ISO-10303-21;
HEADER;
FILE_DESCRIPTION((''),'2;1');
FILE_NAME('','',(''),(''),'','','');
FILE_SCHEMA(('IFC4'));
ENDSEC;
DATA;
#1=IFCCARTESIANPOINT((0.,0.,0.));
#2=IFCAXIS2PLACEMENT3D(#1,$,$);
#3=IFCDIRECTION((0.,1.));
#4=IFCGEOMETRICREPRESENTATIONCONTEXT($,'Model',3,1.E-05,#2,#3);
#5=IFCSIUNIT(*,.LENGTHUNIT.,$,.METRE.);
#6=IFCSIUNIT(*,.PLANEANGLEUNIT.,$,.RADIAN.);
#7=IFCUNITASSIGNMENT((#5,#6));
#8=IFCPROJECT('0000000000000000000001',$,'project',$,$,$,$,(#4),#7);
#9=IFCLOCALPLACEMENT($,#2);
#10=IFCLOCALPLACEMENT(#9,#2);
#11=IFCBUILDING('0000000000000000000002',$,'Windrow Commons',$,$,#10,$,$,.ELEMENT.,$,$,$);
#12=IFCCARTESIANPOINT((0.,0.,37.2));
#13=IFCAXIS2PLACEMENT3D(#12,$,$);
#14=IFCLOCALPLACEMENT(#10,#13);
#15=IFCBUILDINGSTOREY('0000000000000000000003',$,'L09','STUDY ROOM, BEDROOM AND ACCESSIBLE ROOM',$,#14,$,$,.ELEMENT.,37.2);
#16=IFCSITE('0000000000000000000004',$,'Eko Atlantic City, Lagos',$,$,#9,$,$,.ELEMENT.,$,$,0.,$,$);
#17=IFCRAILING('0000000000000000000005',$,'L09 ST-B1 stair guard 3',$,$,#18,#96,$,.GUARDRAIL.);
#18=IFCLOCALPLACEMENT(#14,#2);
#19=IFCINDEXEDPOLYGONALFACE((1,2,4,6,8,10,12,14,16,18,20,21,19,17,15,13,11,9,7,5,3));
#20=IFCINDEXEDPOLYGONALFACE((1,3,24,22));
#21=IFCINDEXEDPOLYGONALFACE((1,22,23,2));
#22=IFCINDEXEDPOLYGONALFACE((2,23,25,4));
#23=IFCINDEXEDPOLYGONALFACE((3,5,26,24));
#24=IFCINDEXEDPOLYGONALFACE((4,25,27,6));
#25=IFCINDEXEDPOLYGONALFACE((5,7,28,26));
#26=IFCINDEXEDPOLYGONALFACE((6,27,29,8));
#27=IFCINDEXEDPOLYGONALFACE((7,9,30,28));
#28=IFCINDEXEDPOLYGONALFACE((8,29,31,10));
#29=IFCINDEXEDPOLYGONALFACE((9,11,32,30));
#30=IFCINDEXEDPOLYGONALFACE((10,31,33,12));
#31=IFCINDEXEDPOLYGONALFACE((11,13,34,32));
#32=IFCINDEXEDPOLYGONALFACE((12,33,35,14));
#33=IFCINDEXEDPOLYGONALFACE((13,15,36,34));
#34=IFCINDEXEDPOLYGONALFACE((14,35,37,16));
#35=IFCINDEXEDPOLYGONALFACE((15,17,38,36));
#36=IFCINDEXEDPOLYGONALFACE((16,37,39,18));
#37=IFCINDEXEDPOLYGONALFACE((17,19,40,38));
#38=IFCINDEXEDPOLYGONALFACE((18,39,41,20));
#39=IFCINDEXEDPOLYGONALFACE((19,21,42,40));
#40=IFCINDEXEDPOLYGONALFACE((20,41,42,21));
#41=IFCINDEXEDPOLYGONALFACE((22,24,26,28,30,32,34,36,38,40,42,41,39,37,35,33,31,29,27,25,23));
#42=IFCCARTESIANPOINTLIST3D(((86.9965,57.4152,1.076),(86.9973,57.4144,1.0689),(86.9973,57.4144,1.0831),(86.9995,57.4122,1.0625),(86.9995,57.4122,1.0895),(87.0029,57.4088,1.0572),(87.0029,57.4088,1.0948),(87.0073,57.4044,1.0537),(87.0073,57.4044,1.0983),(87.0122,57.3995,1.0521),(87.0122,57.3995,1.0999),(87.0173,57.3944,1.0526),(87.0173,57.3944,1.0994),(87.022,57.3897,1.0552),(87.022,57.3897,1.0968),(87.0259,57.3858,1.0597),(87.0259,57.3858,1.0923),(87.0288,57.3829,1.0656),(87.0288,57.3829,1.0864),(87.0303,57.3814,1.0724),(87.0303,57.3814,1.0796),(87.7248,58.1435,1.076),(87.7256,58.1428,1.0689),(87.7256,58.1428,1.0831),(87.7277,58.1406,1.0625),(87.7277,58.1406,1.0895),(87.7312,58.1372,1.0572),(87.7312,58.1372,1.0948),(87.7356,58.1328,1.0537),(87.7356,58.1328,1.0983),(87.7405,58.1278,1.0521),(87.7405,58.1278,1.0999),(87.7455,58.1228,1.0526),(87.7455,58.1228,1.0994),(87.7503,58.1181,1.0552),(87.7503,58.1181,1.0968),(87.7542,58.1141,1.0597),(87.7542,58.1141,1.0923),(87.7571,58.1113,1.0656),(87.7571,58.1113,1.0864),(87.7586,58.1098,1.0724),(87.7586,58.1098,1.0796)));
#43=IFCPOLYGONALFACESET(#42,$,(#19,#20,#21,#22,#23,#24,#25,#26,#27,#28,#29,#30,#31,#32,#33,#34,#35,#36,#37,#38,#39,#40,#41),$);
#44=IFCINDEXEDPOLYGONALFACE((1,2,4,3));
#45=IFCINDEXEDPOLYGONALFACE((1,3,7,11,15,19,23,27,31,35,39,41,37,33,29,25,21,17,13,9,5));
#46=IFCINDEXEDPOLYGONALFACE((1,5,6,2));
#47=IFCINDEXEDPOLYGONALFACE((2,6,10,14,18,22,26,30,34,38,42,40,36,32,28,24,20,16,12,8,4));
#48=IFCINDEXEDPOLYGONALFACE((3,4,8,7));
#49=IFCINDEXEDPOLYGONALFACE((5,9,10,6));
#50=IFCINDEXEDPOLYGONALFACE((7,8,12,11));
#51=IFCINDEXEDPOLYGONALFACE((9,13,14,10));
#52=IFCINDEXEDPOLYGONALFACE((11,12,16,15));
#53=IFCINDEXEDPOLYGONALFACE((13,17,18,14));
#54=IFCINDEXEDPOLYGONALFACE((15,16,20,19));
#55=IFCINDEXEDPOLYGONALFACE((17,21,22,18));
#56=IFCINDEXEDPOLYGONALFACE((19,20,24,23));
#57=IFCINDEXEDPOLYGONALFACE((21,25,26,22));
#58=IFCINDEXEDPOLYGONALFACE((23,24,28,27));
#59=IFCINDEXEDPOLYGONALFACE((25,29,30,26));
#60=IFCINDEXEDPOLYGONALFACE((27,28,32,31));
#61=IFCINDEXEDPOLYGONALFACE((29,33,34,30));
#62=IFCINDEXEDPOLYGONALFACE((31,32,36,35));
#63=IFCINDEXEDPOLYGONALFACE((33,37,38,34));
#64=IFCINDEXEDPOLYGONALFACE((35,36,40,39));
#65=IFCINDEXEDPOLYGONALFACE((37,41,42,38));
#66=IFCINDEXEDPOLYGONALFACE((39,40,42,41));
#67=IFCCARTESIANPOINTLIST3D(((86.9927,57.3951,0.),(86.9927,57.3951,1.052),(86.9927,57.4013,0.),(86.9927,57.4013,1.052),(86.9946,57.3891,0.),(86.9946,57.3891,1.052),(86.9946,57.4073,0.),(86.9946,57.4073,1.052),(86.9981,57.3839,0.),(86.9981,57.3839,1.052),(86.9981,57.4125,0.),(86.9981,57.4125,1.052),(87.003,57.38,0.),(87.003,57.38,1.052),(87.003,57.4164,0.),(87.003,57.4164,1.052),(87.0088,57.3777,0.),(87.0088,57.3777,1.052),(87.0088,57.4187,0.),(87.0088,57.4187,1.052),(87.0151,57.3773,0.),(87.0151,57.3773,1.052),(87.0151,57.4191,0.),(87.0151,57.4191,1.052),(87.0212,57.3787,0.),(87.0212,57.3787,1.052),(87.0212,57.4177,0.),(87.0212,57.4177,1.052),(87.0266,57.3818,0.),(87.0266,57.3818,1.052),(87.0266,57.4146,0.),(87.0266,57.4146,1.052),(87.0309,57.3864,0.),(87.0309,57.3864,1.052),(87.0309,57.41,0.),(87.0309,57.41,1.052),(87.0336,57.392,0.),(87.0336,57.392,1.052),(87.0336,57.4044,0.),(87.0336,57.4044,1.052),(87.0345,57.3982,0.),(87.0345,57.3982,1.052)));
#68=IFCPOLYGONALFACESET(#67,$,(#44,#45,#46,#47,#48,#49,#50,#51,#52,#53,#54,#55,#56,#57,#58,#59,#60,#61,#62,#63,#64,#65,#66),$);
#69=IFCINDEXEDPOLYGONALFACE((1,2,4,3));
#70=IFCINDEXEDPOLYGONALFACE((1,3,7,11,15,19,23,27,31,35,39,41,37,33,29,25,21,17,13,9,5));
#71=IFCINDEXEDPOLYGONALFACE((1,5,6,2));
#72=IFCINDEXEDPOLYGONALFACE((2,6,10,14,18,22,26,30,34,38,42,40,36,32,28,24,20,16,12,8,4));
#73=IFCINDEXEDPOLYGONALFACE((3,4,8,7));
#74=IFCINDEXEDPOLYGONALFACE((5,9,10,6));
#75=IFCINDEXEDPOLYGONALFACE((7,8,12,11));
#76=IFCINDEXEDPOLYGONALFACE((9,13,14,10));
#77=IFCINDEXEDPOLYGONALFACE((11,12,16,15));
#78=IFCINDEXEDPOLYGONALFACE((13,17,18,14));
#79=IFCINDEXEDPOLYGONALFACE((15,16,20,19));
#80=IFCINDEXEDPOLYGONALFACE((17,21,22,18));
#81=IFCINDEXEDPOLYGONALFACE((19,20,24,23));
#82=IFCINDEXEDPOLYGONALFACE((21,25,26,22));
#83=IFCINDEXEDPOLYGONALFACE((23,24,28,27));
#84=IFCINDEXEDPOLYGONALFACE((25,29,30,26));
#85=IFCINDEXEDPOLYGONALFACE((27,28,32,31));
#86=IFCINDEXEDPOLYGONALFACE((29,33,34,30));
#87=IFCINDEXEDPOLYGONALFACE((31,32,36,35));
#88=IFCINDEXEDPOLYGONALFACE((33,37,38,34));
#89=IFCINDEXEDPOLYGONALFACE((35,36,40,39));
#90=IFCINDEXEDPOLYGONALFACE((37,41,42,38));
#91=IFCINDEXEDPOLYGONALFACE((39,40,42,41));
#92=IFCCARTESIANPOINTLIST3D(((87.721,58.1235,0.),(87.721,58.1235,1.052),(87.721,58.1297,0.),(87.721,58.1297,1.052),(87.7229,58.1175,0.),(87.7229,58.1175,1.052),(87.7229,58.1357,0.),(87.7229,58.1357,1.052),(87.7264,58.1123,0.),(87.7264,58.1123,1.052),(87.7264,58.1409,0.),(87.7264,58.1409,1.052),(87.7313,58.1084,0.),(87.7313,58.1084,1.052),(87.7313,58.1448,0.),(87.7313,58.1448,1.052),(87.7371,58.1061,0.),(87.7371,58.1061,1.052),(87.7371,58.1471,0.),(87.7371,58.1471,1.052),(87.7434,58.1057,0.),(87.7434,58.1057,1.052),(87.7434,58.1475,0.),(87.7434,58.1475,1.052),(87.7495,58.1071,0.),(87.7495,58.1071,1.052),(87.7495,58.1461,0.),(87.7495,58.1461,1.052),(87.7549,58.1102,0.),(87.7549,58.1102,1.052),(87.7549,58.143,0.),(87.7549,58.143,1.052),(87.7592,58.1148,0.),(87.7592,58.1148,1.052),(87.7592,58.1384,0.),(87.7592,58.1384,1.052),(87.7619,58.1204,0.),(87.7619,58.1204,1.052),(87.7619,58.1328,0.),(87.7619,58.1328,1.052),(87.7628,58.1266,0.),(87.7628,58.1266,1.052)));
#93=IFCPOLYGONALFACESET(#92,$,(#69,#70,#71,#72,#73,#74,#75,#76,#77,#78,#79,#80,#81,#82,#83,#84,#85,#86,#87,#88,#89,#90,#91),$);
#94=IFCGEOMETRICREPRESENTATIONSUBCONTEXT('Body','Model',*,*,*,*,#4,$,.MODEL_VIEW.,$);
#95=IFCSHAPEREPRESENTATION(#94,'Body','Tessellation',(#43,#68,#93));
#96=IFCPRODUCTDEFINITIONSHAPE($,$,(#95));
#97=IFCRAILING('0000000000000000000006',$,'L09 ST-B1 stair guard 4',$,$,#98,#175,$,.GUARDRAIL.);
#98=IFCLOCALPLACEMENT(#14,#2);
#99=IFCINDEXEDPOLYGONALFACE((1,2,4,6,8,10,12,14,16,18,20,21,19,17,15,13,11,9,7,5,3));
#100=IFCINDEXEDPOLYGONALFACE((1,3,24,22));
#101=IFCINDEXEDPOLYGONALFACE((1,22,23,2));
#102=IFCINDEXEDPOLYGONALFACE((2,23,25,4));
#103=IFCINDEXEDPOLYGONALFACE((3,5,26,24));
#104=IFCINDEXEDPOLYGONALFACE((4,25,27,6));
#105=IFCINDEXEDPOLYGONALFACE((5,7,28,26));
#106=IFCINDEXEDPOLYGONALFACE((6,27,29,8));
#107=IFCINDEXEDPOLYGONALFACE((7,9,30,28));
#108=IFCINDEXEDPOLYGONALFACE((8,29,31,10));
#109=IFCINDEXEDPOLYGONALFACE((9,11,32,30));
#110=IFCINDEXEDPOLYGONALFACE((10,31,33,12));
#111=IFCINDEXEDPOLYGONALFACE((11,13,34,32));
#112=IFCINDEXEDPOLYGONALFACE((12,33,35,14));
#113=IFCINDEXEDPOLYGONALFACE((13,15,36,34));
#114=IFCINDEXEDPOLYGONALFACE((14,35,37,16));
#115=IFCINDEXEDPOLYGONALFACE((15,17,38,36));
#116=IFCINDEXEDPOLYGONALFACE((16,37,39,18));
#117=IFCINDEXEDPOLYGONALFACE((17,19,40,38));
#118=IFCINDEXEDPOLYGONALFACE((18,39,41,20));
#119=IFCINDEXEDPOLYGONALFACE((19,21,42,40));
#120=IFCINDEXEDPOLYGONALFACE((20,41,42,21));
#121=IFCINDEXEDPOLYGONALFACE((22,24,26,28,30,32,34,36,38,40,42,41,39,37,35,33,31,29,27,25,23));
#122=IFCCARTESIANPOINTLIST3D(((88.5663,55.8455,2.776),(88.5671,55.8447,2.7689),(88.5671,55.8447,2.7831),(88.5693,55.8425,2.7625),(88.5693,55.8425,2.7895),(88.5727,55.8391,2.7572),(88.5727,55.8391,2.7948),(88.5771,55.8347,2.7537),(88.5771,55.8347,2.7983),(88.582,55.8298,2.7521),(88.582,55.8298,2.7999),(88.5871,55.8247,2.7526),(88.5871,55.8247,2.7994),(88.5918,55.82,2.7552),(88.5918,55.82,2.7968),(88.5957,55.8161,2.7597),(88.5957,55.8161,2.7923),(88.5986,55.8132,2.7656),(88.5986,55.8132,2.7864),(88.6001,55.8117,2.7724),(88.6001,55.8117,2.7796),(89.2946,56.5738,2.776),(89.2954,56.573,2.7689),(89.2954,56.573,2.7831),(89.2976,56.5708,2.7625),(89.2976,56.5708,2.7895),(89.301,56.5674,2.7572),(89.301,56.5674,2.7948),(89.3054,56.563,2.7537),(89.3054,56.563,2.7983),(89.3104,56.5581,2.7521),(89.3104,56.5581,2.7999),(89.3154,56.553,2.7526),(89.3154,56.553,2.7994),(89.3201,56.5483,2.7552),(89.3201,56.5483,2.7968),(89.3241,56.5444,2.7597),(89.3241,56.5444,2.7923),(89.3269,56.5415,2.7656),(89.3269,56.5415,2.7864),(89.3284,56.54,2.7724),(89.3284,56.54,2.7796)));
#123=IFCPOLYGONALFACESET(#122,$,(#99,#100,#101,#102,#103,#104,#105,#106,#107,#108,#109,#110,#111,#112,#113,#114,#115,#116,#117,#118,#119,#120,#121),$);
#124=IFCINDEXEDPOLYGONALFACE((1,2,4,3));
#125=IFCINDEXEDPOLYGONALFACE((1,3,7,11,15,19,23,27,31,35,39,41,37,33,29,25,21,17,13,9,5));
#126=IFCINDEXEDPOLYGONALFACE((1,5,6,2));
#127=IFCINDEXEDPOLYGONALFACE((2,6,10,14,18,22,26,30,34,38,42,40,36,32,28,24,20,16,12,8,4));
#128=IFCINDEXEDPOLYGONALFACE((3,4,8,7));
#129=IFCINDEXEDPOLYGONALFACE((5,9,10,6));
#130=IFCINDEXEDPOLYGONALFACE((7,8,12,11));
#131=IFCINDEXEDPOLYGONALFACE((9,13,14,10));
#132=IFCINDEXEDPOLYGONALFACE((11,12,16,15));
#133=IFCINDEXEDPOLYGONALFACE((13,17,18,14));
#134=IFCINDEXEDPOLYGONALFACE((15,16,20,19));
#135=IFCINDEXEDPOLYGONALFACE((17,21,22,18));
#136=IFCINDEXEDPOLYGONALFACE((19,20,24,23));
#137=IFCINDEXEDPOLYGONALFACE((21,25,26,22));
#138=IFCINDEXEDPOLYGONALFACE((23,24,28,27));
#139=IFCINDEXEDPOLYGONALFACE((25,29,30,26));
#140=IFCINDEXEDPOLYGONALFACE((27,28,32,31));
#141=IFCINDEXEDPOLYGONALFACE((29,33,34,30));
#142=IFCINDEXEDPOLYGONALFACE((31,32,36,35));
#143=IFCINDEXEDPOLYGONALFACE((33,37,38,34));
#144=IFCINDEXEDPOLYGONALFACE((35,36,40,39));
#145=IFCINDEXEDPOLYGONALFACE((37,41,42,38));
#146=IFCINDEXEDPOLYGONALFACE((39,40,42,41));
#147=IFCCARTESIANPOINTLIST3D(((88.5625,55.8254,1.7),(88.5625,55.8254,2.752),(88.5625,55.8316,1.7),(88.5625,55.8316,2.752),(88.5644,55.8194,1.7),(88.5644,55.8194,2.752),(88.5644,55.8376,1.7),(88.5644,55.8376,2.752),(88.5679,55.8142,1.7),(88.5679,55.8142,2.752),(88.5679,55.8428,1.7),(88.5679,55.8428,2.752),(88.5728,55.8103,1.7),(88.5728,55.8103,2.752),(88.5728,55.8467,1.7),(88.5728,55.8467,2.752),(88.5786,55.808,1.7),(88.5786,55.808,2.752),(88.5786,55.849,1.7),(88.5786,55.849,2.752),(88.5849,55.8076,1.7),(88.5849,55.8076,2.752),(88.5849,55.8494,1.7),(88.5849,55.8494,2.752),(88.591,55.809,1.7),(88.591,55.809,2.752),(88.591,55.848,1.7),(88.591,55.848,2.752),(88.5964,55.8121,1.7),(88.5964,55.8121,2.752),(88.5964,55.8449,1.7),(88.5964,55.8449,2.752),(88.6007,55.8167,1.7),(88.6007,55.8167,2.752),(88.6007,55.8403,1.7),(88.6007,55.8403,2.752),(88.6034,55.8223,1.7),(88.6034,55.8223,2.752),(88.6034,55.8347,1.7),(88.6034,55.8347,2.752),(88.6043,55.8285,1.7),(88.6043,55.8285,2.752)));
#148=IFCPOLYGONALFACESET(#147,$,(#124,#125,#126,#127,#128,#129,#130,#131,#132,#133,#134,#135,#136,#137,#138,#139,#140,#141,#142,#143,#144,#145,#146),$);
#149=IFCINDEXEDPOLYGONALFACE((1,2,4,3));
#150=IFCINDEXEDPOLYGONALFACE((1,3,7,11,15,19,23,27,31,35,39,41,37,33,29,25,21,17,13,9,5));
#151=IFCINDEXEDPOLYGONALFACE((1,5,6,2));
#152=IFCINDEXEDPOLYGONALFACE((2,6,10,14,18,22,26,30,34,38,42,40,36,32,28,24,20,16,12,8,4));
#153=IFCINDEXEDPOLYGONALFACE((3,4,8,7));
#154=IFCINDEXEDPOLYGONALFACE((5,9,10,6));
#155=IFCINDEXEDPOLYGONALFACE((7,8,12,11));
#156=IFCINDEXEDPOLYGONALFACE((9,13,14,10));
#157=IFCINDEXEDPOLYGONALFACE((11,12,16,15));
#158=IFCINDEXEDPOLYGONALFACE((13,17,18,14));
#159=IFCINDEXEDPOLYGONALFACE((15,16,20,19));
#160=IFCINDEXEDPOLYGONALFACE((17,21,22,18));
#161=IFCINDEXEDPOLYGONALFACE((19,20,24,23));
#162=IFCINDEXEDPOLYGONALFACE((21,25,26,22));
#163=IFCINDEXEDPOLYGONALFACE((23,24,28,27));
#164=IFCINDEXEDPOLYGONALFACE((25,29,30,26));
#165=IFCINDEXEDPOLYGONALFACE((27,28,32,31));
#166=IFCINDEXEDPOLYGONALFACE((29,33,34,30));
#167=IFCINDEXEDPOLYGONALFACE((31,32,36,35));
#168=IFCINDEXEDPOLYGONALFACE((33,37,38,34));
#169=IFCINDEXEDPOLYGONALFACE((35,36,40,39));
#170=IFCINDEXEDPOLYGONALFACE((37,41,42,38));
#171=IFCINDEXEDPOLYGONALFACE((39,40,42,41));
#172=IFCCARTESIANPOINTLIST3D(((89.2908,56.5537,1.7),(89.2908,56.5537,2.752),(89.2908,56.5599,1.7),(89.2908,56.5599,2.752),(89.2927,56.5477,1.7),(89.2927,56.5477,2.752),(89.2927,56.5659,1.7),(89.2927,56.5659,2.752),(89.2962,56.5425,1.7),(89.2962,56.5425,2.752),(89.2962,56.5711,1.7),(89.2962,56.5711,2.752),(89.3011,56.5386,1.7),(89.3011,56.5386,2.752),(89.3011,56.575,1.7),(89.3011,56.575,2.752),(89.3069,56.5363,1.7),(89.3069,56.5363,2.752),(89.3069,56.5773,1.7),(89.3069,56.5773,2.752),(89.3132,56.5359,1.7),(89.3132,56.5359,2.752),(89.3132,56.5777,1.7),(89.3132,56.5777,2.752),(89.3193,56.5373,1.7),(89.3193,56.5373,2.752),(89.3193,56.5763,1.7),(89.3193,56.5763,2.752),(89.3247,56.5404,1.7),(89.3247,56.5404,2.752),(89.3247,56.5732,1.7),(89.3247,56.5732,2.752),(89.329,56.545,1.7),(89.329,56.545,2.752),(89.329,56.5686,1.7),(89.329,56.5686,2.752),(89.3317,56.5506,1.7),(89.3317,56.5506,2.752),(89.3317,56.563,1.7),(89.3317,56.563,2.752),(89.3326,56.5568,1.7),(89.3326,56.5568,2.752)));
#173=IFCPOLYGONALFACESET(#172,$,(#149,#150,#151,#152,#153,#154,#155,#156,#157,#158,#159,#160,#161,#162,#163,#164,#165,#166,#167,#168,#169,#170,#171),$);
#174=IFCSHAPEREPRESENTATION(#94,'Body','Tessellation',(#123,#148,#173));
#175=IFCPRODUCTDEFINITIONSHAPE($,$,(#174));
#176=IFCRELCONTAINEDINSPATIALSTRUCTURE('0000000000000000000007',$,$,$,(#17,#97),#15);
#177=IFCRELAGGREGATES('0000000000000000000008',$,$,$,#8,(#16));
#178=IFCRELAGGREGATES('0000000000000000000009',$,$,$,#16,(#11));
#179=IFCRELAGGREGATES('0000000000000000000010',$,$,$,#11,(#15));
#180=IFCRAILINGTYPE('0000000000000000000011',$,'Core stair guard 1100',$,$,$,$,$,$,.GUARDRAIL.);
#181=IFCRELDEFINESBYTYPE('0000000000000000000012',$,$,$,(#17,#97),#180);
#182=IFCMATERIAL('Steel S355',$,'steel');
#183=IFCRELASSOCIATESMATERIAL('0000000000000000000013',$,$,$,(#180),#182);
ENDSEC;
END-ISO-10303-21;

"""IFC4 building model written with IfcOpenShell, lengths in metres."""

from ifc_helpers import new_model, si_unit, direction, frame, origin, origin_2d, place, context, subcontext, project, spatial, circle, extrude, material, type_object, element, save


model = new_model("IFC4")

# Units and contexts
model_context = context("Model", 3, precision=1e-05, world=origin(), true_north=direction((0.0, 1.0)))
body_context = subcontext(model_context, "Body", "Model", "MODEL_VIEW")
ifc_project = project(units=[si_unit("LENGTHUNIT", "METRE"), si_unit("PLANEANGLEUNIT", "RADIAN")], contexts=[model_context])

# Site, building, storey
site_placement = place(None, origin())
site = spatial("IfcSite", under=ifc_project, at=site_placement, Name="Eko Atlantic City, Lagos", CompositionType="ELEMENT", RefElevation=0.0)
building_placement = place(site_placement, origin())
building = spatial("IfcBuilding", under=site, at=building_placement, Name="Windrow Commons", CompositionType="ELEMENT")
storey_placement = place(building_placement, frame((0.0, 0.0, 37.2)))
storey = spatial("IfcBuildingStorey", under=building, at=storey_placement, Name="L09", Description="STUDY ROOM, BEDROOM AND ACCESSIBLE ROOM", CompositionType="ELEMENT", Elevation=37.2)

# Railings
ifc_material_1 = material(Name="Steel S355", Category="steel")
railing_type_1 = type_object("IfcRailingType", Name="Core stair guard 1100", PredefinedType="GUARDRAIL", material=ifc_material_1)
railing_1_placement = place(storey_placement, frame((87.0135, 57.3982, 0.0)))
element("IfcRailing", 1, at=railing_1_placement, inside=storey, type_object=railing_type_1, Name="L09 ST-B1 stair guard 3", PredefinedType="GUARDRAIL", context=body_context, shape_type="SweptSolid", body=[
    extrude(circle(Radius=0.024, at=origin_2d()), frame((0.0, 0.0, 1.076), z_axis=(0.707058, 0.707155, 0.0), x_axis=(-0.707155, 0.707058, 0.0)), (0.0, 0.0, 1.0), 1.03),
    extrude(circle(Radius=0.021, at=origin_2d()), origin(), (0.0, 0.0, 1.0), 1.052),
    extrude(circle(Radius=0.021, at=origin_2d()), frame((0.7283, 0.7284, 0.0)), (0.0, 0.0, 1.0), 1.052),
])
railing_2_placement = place(storey_placement, frame((88.5833, 55.8285, 1.7)))
element("IfcRailing", 2, at=railing_2_placement, inside=storey, type_object=railing_type_1, Name="L09 ST-B1 stair guard 4", PredefinedType="GUARDRAIL", context=body_context, shape_type="SweptSolid", body=[
    extrude(circle(Radius=0.024, at=origin_2d()), frame((0.0, 0.0, 1.076), z_axis=(0.707107, 0.707107, 0.0), x_axis=(-0.707107, 0.707107, 0.0)), (0.0, 0.0, 1.0), 1.03),
    extrude(circle(Radius=0.021, at=origin_2d()), origin(), (0.0, 0.0, 1.0), 1.052),
    extrude(circle(Radius=0.021, at=origin_2d()), frame((0.7283, 0.7283, 0.0)), (0.0, 0.0, 1.0), 1.052),
])

save(model, "model.ifc")
